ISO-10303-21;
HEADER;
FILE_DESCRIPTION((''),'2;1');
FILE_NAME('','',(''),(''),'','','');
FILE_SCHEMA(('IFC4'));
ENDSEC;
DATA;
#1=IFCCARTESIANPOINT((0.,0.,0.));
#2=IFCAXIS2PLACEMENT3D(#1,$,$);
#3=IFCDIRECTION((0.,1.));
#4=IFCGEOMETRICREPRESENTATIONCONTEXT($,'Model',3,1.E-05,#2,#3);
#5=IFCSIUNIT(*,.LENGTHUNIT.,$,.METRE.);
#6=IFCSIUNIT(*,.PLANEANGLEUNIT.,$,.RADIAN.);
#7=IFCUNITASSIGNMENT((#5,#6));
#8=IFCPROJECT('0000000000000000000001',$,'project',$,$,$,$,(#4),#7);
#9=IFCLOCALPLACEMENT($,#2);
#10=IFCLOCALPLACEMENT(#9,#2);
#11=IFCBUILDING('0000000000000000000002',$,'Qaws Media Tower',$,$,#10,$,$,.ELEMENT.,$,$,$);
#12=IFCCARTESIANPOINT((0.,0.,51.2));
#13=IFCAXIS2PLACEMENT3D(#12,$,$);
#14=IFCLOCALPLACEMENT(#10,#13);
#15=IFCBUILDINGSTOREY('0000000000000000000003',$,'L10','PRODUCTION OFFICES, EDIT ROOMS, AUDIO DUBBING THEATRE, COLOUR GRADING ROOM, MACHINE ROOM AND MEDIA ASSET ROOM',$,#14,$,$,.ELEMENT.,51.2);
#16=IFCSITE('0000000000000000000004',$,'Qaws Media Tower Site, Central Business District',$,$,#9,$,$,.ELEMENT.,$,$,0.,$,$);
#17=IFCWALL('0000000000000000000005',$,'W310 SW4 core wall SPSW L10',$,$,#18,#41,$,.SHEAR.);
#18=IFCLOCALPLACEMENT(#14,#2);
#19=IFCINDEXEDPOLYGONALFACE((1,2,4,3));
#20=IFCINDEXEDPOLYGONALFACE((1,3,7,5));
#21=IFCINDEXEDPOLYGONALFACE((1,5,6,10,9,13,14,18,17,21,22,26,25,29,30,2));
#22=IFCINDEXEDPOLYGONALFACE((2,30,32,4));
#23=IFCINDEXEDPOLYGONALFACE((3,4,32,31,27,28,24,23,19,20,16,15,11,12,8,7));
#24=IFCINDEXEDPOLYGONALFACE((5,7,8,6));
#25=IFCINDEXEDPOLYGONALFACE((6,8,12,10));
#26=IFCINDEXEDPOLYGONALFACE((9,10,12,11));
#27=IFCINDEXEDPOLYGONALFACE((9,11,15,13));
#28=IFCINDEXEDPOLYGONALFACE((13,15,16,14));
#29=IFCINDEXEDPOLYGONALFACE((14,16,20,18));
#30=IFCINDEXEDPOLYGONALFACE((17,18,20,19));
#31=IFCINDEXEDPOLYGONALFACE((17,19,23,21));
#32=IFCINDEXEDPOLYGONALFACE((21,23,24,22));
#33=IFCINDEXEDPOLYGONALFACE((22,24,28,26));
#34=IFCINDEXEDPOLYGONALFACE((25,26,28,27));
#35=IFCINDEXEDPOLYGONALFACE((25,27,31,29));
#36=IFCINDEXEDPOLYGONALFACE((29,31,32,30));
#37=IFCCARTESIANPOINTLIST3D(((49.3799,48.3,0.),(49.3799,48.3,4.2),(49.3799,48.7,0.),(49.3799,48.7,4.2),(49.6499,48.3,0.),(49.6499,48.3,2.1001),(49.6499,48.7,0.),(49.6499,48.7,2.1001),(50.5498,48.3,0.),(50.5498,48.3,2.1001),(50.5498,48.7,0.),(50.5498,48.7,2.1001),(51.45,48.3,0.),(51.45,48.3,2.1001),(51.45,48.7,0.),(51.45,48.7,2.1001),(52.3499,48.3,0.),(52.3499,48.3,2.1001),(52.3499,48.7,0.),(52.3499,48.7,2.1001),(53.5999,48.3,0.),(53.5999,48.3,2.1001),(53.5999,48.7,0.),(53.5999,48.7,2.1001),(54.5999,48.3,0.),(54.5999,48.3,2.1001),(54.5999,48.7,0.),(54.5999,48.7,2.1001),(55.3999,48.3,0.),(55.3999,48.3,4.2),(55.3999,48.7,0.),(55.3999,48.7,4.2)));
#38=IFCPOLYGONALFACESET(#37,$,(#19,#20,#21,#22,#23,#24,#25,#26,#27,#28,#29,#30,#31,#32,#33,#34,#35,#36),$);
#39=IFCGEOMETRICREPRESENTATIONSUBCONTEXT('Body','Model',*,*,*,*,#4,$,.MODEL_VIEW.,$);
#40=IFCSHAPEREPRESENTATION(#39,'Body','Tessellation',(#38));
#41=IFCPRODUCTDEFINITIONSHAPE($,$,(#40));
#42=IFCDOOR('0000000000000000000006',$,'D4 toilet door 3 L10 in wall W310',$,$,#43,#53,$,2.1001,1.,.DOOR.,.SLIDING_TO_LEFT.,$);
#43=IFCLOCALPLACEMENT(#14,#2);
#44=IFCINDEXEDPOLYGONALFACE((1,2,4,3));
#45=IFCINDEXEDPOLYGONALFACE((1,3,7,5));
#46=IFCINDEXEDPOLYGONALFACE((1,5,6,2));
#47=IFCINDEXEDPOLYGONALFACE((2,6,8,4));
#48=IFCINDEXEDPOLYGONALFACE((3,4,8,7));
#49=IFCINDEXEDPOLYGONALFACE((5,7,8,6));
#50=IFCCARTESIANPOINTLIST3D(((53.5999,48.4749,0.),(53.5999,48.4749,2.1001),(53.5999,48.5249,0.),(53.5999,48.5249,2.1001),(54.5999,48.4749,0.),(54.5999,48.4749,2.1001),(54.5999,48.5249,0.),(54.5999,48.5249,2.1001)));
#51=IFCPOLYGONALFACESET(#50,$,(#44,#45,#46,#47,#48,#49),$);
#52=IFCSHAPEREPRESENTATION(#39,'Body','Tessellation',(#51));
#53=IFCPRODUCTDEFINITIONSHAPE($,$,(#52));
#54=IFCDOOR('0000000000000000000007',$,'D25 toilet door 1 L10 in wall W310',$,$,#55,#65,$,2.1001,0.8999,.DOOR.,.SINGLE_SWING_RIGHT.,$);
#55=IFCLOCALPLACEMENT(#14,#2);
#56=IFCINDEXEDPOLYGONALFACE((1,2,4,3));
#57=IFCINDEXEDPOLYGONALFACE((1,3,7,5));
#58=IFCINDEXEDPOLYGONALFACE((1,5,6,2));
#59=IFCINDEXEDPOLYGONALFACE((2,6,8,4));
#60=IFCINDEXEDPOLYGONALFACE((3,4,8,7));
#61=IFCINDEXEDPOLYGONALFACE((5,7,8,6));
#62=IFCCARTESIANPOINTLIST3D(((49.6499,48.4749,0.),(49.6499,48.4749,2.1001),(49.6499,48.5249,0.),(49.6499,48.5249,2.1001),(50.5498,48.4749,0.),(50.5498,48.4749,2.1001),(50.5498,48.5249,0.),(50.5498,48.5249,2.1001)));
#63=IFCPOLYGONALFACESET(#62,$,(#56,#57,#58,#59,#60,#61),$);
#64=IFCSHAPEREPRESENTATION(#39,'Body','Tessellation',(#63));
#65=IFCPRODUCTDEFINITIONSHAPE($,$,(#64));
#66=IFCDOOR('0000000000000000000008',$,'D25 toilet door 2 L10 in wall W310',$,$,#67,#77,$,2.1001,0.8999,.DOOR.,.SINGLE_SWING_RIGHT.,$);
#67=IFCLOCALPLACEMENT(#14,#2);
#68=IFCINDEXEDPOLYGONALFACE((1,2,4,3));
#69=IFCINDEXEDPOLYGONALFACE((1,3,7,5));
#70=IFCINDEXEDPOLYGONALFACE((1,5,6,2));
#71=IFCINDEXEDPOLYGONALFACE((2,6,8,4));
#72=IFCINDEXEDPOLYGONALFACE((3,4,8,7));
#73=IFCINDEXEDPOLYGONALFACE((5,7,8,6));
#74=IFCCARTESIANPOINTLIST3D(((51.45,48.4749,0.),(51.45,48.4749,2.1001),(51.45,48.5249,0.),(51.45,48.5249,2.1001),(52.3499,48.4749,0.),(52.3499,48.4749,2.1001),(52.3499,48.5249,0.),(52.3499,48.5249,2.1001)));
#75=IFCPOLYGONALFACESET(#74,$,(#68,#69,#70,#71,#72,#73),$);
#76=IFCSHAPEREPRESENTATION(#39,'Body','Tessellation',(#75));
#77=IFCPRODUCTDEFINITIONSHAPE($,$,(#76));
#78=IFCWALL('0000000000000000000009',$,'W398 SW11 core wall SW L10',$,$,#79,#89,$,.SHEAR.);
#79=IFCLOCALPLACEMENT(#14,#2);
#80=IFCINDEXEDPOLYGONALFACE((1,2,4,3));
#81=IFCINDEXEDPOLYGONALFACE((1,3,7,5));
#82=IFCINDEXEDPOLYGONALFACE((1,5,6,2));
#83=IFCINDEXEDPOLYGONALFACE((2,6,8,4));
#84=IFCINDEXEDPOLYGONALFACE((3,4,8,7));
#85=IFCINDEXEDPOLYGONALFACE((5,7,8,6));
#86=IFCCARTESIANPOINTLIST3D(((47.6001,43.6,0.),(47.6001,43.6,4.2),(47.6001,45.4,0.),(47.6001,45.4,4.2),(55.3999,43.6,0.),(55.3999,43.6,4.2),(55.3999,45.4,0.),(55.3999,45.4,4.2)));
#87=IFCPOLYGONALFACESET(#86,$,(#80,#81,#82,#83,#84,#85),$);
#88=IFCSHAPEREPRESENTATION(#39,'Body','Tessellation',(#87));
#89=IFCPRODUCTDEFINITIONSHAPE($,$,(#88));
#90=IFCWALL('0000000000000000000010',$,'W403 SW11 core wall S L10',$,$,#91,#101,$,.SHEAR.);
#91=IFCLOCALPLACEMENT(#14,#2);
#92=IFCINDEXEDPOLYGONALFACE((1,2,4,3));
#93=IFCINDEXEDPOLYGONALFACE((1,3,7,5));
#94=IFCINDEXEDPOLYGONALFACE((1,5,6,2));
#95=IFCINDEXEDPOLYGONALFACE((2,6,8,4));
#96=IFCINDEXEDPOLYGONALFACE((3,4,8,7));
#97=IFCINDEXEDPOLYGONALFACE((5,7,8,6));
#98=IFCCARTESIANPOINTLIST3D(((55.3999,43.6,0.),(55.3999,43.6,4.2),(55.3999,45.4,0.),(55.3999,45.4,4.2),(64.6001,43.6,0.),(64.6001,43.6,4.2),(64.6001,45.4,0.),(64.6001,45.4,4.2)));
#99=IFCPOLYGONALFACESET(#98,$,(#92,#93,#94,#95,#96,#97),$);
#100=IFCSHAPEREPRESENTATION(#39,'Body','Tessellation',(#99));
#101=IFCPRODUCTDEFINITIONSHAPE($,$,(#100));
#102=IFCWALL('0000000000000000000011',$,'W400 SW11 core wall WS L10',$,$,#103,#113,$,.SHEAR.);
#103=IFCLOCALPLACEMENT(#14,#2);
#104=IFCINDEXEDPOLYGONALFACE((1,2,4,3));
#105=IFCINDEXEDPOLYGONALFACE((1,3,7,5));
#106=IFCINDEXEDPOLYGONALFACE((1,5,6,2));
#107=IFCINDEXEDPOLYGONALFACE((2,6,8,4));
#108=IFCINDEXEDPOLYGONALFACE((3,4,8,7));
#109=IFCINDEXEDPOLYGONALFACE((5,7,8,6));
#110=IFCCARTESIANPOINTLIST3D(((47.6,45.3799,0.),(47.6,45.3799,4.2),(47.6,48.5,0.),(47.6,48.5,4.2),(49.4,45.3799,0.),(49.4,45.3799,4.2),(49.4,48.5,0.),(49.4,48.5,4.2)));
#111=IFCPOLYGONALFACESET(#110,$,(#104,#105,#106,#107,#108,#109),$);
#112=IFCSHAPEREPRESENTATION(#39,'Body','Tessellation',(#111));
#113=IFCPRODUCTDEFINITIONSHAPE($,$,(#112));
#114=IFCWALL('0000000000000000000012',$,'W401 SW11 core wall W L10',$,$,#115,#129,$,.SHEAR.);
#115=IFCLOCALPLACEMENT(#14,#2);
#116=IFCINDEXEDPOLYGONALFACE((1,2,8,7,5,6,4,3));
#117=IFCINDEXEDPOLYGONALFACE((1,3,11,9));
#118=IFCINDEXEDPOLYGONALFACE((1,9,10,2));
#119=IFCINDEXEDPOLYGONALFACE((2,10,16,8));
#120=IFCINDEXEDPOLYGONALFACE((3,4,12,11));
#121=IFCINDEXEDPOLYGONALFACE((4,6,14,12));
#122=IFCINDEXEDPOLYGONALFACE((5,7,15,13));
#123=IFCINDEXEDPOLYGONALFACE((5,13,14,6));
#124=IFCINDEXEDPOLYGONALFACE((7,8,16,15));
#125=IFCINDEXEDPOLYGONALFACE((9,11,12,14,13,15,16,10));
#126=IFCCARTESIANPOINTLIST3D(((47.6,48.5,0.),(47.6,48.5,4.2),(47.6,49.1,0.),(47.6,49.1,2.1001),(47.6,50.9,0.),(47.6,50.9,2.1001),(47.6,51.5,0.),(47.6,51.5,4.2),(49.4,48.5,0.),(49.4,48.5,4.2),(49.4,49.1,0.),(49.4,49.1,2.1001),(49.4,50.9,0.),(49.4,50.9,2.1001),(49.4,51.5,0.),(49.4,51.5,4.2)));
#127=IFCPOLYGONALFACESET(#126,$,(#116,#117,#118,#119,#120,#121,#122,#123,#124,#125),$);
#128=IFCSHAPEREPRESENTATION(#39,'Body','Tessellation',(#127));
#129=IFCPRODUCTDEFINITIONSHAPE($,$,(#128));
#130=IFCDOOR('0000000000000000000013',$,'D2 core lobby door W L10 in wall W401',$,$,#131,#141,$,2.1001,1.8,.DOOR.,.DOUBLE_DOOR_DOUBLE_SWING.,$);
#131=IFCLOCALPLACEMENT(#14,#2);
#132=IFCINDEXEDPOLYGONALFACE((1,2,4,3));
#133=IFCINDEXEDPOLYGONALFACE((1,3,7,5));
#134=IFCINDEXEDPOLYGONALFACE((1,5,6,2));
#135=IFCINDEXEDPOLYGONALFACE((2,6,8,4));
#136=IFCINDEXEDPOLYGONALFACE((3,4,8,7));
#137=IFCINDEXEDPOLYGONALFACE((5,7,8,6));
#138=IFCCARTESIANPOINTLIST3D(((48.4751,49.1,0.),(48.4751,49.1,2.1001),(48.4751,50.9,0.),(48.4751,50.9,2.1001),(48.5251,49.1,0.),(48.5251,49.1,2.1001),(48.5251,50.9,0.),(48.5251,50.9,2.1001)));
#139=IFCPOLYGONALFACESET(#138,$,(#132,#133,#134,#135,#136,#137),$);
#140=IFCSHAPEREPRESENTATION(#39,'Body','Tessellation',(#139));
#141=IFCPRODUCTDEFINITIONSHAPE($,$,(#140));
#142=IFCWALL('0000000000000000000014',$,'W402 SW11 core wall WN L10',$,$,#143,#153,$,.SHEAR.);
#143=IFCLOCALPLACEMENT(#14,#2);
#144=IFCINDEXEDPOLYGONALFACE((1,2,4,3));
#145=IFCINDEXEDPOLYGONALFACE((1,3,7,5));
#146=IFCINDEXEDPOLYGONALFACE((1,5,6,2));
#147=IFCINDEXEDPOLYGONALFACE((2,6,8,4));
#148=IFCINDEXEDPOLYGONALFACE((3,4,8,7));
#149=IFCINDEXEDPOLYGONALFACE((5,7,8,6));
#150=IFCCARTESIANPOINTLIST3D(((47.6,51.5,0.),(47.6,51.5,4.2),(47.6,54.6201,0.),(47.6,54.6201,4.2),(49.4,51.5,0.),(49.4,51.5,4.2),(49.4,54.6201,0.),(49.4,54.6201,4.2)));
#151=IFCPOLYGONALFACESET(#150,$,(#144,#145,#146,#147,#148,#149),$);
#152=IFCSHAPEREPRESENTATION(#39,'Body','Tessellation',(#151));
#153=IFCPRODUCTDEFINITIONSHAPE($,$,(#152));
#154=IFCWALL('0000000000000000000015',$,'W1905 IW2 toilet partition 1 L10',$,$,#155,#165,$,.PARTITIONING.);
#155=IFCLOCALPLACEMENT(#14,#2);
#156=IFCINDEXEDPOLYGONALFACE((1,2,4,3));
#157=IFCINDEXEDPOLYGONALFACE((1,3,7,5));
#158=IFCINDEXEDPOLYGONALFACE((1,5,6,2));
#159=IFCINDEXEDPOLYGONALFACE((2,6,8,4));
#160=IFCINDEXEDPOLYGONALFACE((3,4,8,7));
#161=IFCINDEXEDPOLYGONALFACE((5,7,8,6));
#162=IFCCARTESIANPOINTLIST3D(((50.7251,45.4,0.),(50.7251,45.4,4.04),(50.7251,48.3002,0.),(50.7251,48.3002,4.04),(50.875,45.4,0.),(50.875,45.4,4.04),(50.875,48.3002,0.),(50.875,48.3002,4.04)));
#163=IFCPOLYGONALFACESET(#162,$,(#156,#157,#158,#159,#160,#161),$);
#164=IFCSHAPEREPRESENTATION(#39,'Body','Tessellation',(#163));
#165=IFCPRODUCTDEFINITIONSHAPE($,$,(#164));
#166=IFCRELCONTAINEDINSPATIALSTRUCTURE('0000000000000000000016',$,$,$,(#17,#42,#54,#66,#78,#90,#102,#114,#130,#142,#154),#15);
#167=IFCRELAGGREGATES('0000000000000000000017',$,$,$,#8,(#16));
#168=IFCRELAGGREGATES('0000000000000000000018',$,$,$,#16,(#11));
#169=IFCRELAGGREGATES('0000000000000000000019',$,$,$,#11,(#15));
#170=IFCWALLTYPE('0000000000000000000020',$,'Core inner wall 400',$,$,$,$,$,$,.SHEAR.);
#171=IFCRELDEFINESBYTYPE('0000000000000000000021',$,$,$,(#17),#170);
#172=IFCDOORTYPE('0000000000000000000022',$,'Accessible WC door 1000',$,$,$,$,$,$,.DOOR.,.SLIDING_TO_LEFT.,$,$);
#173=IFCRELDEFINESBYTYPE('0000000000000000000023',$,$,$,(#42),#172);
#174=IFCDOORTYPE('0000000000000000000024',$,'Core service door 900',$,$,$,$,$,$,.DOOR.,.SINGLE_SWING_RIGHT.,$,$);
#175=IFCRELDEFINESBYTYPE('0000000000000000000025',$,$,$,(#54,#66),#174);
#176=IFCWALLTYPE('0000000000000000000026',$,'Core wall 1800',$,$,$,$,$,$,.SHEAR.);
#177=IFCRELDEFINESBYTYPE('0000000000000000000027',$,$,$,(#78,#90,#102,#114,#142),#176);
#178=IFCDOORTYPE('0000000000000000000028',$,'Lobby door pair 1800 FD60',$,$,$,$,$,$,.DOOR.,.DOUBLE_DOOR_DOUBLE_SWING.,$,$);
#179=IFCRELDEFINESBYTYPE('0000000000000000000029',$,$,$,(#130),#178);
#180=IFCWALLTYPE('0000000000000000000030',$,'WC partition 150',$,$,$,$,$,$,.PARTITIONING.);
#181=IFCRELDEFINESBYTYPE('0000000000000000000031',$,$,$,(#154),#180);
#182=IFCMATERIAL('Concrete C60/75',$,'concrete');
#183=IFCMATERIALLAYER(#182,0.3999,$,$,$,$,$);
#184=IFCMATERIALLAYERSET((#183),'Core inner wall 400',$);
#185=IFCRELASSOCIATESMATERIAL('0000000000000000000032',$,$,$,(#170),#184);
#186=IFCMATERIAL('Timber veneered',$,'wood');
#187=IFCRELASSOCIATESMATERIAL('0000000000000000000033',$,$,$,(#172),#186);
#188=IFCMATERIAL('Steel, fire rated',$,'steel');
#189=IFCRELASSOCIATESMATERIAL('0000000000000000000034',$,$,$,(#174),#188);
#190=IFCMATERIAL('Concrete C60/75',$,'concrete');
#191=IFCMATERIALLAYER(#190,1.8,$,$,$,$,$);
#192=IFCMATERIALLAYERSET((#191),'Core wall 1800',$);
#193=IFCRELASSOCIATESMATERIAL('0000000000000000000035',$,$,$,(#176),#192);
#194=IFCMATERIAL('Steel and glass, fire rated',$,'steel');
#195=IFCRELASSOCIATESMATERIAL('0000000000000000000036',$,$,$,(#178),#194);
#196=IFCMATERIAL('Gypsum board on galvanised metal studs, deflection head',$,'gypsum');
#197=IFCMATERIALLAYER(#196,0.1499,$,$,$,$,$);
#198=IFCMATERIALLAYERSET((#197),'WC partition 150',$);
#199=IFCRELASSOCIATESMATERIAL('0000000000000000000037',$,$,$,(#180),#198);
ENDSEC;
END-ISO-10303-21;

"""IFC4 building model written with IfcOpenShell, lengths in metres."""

from ifc_helpers import new_model, si_unit, direction, frame, frame_2d, origin, place, context, subcontext, project, spatial, rectangle, extrude, material, layer, layer_set, type_object, element, fill, save


model = new_model("IFC4")

# Units and contexts
model_context = context("Model", 3, precision=1e-05, world=origin(), true_north=direction((0.0, 1.0)))
body_context = subcontext(model_context, "Body", "Model", "MODEL_VIEW")
ifc_project = project(units=[si_unit("LENGTHUNIT", "METRE"), si_unit("PLANEANGLEUNIT", "RADIAN")], contexts=[model_context])

# Site, building, storey
site_placement = place(None, origin())
site = spatial("IfcSite", under=ifc_project, at=site_placement, Name="Qaws Media Tower Site, Central Business District", CompositionType="ELEMENT", RefElevation=0.0)
building_placement = place(site_placement, origin())
building = spatial("IfcBuilding", under=site, at=building_placement, Name="Qaws Media Tower", CompositionType="ELEMENT")
storey_placement = place(building_placement, frame((0.0, 0.0, 51.2)))
storey = spatial("IfcBuildingStorey", under=building, at=storey_placement, Name="L10", Description="PRODUCTION OFFICES, EDIT ROOMS, AUDIO DUBBING THEATRE, COLOUR GRADING ROOM, MACHINE ROOM AND MEDIA ASSET ROOM", CompositionType="ELEMENT", Elevation=51.2)

# Wall, openings, doors
ifc_material_1 = material(Name="Concrete C60/75", Category="concrete")
ifc_layer_1 = layer(ifc_material_1, 0.3999)
ifc_layer_set_1 = layer_set([ifc_layer_1], Name="Core inner wall 400")
wall_type_1 = type_object("IfcWallType", Name="Core inner wall 400", PredefinedType="SHEAR", material=ifc_layer_set_1)
wall_1_placement = place(storey_placement, frame((49.3799, 48.5, 0.0), z_axis=(0.0, 0.0, 1.0), x_axis=(1.0, 0.0, 0.0)))
wall_1 = element("IfcWall", 1, at=wall_1_placement, inside=storey, type_object=wall_type_1, Name="W310 SW4 core wall SPSW L10", PredefinedType="SHEAR", context=body_context, shape_type="SweptSolid", body=[
    extrude(rectangle(XDim=6.02, YDim=0.3999, at=frame_2d((3.01, 0.0))), origin(), (0.0, 0.0, 1.0), 4.2),
])
opening_1_placement = place(wall_1_placement, frame((0.27, 0.0, 0.0)))
opening_1 = element("IfcOpeningElement", 2, at=opening_1_placement, cuts=wall_1, PredefinedType="OPENING", context=body_context, shape_type="SweptSolid", body=[
    extrude(rectangle(XDim=0.8999, YDim=2.1001, at=frame_2d((0.45, 1.05))), frame((0.0, 0.21, 0.0), z_axis=(0.0, -1.0, 0.0), x_axis=(1.0, 0.0, 0.0)), (0.0, 0.0, 1.0), 0.4199),
])
opening_2_placement = place(wall_1_placement, frame((2.0701, 0.0, 0.0)))
opening_2 = element("IfcOpeningElement", 3, at=opening_2_placement, cuts=wall_1, PredefinedType="OPENING", context=body_context, shape_type="SweptSolid", body=[
    extrude(rectangle(XDim=0.8999, YDim=2.1001, at=frame_2d((0.45, 1.05))), frame((0.0, 0.21, 0.0), z_axis=(0.0, -1.0, 0.0), x_axis=(1.0, 0.0, 0.0)), (0.0, 0.0, 1.0), 0.4199),
])
opening_3_placement = place(wall_1_placement, frame((4.22, 0.0, 0.0)))
opening_3 = element("IfcOpeningElement", 4, at=opening_3_placement, cuts=wall_1, PredefinedType="OPENING", context=body_context, shape_type="SweptSolid", body=[
    extrude(rectangle(XDim=1.0, YDim=2.1001, at=frame_2d((0.5, 1.05))), frame((0.0, 0.21, 0.0), z_axis=(0.0, -1.0, 0.0), x_axis=(1.0, 0.0, 0.0)), (0.0, 0.0, 1.0), 0.4199),
])
ifc_material_2 = material(Name="Timber veneered", Category="wood")
door_type_1 = type_object("IfcDoorType", Name="Accessible WC door 1000", OperationType="SLIDING_TO_LEFT", PredefinedType="DOOR", material=ifc_material_2)
door_1_placement = place(opening_3_placement, origin())
door_1 = element("IfcDoor", 5, at=door_1_placement, inside=storey, type_object=door_type_1, Name="D4 toilet door 3 L10 in wall W310", OperationType="SLIDING_TO_LEFT", OverallHeight=2.1001, OverallWidth=1.0, PredefinedType="DOOR", context=body_context, shape_type="SweptSolid", body=[
    extrude(rectangle(XDim=1.0, YDim=2.1001, at=frame_2d((0.5, 1.05))), frame((0.0, 0.0249, 0.0), z_axis=(0.0, -1.0, 0.0), x_axis=(1.0, 0.0, 0.0)), (0.0, 0.0, 1.0), 0.05),
])
fill(opening_3, door_1)
ifc_material_3 = material(Name="Steel, fire rated", Category="steel")
door_type_2 = type_object("IfcDoorType", Name="Core service door 900", OperationType="SINGLE_SWING_RIGHT", PredefinedType="DOOR", material=ifc_material_3)
door_2_placement = place(opening_1_placement, origin())
door_2 = element("IfcDoor", 6, at=door_2_placement, inside=storey, type_object=door_type_2, Name="D25 toilet door 1 L10 in wall W310", OperationType="SINGLE_SWING_RIGHT", OverallHeight=2.1001, OverallWidth=0.8999, PredefinedType="DOOR", context=body_context, shape_type="SweptSolid", body=[
    extrude(rectangle(XDim=0.8999, YDim=2.1001, at=frame_2d((0.45, 1.05))), frame((0.0, 0.0249, 0.0), z_axis=(0.0, -1.0, 0.0), x_axis=(1.0, 0.0, 0.0)), (0.0, 0.0, 1.0), 0.05),
])
fill(opening_1, door_2)
door_3_placement = place(opening_2_placement, origin())
door_3 = element("IfcDoor", 7, at=door_3_placement, inside=storey, type_object=door_type_2, Name="D25 toilet door 2 L10 in wall W310", OperationType="SINGLE_SWING_RIGHT", OverallHeight=2.1001, OverallWidth=0.8999, PredefinedType="DOOR", context=body_context, shape_type="SweptSolid", body=[
    extrude(rectangle(XDim=0.8999, YDim=2.1001, at=frame_2d((0.45, 1.05))), frame((0.0, 0.0249, 0.0), z_axis=(0.0, -1.0, 0.0), x_axis=(1.0, 0.0, 0.0)), (0.0, 0.0, 1.0), 0.05),
])
fill(opening_2, door_3)

# Walls
ifc_material_4 = material(Name="Concrete C60/75", Category="concrete")
ifc_layer_2 = layer(ifc_material_4, 1.8)
ifc_layer_set_2 = layer_set([ifc_layer_2], Name="Core wall 1800")
wall_type_2 = type_object("IfcWallType", Name="Core wall 1800", PredefinedType="SHEAR", material=ifc_layer_set_2)
wall_2_placement = place(storey_placement, frame((47.6001, 44.5, 0.0), z_axis=(0.0, 0.0, 1.0), x_axis=(1.0, 0.0, 0.0)))
element("IfcWall", 8, at=wall_2_placement, inside=storey, type_object=wall_type_2, Name="W398 SW11 core wall SW L10", PredefinedType="SHEAR", context=body_context, shape_type="SweptSolid", body=[
    extrude(rectangle(XDim=7.7998, YDim=1.8, at=frame_2d((3.8999, 0.0))), origin(), (0.0, 0.0, 1.0), 4.2),
])
wall_3_placement = place(storey_placement, frame((55.3999, 44.5, 0.0), z_axis=(0.0, 0.0, 1.0), x_axis=(1.0, 0.0, 0.0)))
element("IfcWall", 9, at=wall_3_placement, inside=storey, type_object=wall_type_2, Name="W403 SW11 core wall S L10", PredefinedType="SHEAR", context=body_context, shape_type="SweptSolid", body=[
    extrude(rectangle(XDim=9.2002, YDim=1.8, at=frame_2d((4.6001, 0.0))), origin(), (0.0, 0.0, 1.0), 4.2),
])
wall_4_placement = place(storey_placement, frame((48.5, 45.3799, 0.0), z_axis=(0.0, 0.0, 1.0), x_axis=(0.0, 1.0, 0.0)))
element("IfcWall", 10, at=wall_4_placement, inside=storey, type_object=wall_type_2, Name="W400 SW11 core wall WS L10", PredefinedType="SHEAR", context=body_context, shape_type="SweptSolid", body=[
    extrude(rectangle(XDim=3.1201, YDim=1.8, at=frame_2d((1.5601, 0.0))), origin(), (0.0, 0.0, 1.0), 4.2),
])

# Wall, opening, door
wall_5_placement = place(storey_placement, frame((48.5, 48.5, 0.0), z_axis=(0.0, 0.0, 1.0), x_axis=(0.0, 1.0, 0.0)))
wall_5 = element("IfcWall", 11, at=wall_5_placement, inside=storey, type_object=wall_type_2, Name="W401 SW11 core wall W L10", PredefinedType="SHEAR", context=body_context, shape_type="SweptSolid", body=[
    extrude(rectangle(XDim=3.0, YDim=1.8, at=frame_2d((1.5, 0.0))), origin(), (0.0, 0.0, 1.0), 4.2),
])
opening_4_placement = place(wall_5_placement, frame((0.6001, 0.0, 0.0)))
opening_4 = element("IfcOpeningElement", 12, at=opening_4_placement, cuts=wall_5, PredefinedType="OPENING", context=body_context, shape_type="SweptSolid", body=[
    extrude(rectangle(XDim=1.8, YDim=2.1001, at=frame_2d((0.8999, 1.05))), frame((0.0, 0.9099, 0.0), z_axis=(0.0, -1.0, 0.0), x_axis=(1.0, 0.0, 0.0)), (0.0, 0.0, 1.0), 1.8201),
])
ifc_material_5 = material(Name="Steel and glass, fire rated", Category="steel")
door_type_3 = type_object("IfcDoorType", Name="Lobby door pair 1800 FD60", OperationType="DOUBLE_DOOR_DOUBLE_SWING", PredefinedType="DOOR", material=ifc_material_5)
door_4_placement = place(opening_4_placement, origin())
door_4 = element("IfcDoor", 13, at=door_4_placement, inside=storey, type_object=door_type_3, Name="D2 core lobby door W L10 in wall W401", OperationType="DOUBLE_DOOR_DOUBLE_SWING", OverallHeight=2.1001, OverallWidth=1.8, PredefinedType="DOOR", context=body_context, shape_type="SweptSolid", body=[
    extrude(rectangle(XDim=1.8, YDim=2.1001, at=frame_2d((0.8999, 1.05))), frame((0.0, 0.0249, 0.0), z_axis=(0.0, -1.0, 0.0), x_axis=(1.0, 0.0, 0.0)), (0.0, 0.0, 1.0), 0.05),
])
fill(opening_4, door_4)

# Walls
wall_6_placement = place(storey_placement, frame((48.5, 51.5, 0.0), z_axis=(0.0, 0.0, 1.0), x_axis=(0.0, 1.0, 0.0)))
element("IfcWall", 14, at=wall_6_placement, inside=storey, type_object=wall_type_2, Name="W402 SW11 core wall WN L10", PredefinedType="SHEAR", context=body_context, shape_type="SweptSolid", body=[
    extrude(rectangle(XDim=3.1201, YDim=1.8, at=frame_2d((1.5601, 0.0))), origin(), (0.0, 0.0, 1.0), 4.2),
])
ifc_material_6 = material(Name="Gypsum board on galvanised metal studs, deflection head", Category="gypsum")
ifc_layer_3 = layer(ifc_material_6, 0.1499)
ifc_layer_set_3 = layer_set([ifc_layer_3], Name="WC partition 150")
wall_type_3 = type_object("IfcWallType", Name="WC partition 150", PredefinedType="PARTITIONING", material=ifc_layer_set_3)
for number, where, z_axis, x_axis, name in (
    (15, (50.8, 45.3999, 0.0), (0.0, 0.0, 1.0), (0.0, 1.0, 0.0), "W1905 IW2 toilet partition 1 L10"),
):
    element("IfcWall", number, at=place(storey_placement, frame(where, z_axis=z_axis, x_axis=x_axis)), inside=storey, type_object=wall_type_3, Name=name, PredefinedType="PARTITIONING", context=body_context, shape_type="SweptSolid", body=[
        extrude(rectangle(XDim=2.9001, YDim=0.1499, at=frame_2d((1.4502, 0.0))), origin(), (0.0, 0.0, 1.0), 4.04),
    ])

save(model, "model.ifc")
